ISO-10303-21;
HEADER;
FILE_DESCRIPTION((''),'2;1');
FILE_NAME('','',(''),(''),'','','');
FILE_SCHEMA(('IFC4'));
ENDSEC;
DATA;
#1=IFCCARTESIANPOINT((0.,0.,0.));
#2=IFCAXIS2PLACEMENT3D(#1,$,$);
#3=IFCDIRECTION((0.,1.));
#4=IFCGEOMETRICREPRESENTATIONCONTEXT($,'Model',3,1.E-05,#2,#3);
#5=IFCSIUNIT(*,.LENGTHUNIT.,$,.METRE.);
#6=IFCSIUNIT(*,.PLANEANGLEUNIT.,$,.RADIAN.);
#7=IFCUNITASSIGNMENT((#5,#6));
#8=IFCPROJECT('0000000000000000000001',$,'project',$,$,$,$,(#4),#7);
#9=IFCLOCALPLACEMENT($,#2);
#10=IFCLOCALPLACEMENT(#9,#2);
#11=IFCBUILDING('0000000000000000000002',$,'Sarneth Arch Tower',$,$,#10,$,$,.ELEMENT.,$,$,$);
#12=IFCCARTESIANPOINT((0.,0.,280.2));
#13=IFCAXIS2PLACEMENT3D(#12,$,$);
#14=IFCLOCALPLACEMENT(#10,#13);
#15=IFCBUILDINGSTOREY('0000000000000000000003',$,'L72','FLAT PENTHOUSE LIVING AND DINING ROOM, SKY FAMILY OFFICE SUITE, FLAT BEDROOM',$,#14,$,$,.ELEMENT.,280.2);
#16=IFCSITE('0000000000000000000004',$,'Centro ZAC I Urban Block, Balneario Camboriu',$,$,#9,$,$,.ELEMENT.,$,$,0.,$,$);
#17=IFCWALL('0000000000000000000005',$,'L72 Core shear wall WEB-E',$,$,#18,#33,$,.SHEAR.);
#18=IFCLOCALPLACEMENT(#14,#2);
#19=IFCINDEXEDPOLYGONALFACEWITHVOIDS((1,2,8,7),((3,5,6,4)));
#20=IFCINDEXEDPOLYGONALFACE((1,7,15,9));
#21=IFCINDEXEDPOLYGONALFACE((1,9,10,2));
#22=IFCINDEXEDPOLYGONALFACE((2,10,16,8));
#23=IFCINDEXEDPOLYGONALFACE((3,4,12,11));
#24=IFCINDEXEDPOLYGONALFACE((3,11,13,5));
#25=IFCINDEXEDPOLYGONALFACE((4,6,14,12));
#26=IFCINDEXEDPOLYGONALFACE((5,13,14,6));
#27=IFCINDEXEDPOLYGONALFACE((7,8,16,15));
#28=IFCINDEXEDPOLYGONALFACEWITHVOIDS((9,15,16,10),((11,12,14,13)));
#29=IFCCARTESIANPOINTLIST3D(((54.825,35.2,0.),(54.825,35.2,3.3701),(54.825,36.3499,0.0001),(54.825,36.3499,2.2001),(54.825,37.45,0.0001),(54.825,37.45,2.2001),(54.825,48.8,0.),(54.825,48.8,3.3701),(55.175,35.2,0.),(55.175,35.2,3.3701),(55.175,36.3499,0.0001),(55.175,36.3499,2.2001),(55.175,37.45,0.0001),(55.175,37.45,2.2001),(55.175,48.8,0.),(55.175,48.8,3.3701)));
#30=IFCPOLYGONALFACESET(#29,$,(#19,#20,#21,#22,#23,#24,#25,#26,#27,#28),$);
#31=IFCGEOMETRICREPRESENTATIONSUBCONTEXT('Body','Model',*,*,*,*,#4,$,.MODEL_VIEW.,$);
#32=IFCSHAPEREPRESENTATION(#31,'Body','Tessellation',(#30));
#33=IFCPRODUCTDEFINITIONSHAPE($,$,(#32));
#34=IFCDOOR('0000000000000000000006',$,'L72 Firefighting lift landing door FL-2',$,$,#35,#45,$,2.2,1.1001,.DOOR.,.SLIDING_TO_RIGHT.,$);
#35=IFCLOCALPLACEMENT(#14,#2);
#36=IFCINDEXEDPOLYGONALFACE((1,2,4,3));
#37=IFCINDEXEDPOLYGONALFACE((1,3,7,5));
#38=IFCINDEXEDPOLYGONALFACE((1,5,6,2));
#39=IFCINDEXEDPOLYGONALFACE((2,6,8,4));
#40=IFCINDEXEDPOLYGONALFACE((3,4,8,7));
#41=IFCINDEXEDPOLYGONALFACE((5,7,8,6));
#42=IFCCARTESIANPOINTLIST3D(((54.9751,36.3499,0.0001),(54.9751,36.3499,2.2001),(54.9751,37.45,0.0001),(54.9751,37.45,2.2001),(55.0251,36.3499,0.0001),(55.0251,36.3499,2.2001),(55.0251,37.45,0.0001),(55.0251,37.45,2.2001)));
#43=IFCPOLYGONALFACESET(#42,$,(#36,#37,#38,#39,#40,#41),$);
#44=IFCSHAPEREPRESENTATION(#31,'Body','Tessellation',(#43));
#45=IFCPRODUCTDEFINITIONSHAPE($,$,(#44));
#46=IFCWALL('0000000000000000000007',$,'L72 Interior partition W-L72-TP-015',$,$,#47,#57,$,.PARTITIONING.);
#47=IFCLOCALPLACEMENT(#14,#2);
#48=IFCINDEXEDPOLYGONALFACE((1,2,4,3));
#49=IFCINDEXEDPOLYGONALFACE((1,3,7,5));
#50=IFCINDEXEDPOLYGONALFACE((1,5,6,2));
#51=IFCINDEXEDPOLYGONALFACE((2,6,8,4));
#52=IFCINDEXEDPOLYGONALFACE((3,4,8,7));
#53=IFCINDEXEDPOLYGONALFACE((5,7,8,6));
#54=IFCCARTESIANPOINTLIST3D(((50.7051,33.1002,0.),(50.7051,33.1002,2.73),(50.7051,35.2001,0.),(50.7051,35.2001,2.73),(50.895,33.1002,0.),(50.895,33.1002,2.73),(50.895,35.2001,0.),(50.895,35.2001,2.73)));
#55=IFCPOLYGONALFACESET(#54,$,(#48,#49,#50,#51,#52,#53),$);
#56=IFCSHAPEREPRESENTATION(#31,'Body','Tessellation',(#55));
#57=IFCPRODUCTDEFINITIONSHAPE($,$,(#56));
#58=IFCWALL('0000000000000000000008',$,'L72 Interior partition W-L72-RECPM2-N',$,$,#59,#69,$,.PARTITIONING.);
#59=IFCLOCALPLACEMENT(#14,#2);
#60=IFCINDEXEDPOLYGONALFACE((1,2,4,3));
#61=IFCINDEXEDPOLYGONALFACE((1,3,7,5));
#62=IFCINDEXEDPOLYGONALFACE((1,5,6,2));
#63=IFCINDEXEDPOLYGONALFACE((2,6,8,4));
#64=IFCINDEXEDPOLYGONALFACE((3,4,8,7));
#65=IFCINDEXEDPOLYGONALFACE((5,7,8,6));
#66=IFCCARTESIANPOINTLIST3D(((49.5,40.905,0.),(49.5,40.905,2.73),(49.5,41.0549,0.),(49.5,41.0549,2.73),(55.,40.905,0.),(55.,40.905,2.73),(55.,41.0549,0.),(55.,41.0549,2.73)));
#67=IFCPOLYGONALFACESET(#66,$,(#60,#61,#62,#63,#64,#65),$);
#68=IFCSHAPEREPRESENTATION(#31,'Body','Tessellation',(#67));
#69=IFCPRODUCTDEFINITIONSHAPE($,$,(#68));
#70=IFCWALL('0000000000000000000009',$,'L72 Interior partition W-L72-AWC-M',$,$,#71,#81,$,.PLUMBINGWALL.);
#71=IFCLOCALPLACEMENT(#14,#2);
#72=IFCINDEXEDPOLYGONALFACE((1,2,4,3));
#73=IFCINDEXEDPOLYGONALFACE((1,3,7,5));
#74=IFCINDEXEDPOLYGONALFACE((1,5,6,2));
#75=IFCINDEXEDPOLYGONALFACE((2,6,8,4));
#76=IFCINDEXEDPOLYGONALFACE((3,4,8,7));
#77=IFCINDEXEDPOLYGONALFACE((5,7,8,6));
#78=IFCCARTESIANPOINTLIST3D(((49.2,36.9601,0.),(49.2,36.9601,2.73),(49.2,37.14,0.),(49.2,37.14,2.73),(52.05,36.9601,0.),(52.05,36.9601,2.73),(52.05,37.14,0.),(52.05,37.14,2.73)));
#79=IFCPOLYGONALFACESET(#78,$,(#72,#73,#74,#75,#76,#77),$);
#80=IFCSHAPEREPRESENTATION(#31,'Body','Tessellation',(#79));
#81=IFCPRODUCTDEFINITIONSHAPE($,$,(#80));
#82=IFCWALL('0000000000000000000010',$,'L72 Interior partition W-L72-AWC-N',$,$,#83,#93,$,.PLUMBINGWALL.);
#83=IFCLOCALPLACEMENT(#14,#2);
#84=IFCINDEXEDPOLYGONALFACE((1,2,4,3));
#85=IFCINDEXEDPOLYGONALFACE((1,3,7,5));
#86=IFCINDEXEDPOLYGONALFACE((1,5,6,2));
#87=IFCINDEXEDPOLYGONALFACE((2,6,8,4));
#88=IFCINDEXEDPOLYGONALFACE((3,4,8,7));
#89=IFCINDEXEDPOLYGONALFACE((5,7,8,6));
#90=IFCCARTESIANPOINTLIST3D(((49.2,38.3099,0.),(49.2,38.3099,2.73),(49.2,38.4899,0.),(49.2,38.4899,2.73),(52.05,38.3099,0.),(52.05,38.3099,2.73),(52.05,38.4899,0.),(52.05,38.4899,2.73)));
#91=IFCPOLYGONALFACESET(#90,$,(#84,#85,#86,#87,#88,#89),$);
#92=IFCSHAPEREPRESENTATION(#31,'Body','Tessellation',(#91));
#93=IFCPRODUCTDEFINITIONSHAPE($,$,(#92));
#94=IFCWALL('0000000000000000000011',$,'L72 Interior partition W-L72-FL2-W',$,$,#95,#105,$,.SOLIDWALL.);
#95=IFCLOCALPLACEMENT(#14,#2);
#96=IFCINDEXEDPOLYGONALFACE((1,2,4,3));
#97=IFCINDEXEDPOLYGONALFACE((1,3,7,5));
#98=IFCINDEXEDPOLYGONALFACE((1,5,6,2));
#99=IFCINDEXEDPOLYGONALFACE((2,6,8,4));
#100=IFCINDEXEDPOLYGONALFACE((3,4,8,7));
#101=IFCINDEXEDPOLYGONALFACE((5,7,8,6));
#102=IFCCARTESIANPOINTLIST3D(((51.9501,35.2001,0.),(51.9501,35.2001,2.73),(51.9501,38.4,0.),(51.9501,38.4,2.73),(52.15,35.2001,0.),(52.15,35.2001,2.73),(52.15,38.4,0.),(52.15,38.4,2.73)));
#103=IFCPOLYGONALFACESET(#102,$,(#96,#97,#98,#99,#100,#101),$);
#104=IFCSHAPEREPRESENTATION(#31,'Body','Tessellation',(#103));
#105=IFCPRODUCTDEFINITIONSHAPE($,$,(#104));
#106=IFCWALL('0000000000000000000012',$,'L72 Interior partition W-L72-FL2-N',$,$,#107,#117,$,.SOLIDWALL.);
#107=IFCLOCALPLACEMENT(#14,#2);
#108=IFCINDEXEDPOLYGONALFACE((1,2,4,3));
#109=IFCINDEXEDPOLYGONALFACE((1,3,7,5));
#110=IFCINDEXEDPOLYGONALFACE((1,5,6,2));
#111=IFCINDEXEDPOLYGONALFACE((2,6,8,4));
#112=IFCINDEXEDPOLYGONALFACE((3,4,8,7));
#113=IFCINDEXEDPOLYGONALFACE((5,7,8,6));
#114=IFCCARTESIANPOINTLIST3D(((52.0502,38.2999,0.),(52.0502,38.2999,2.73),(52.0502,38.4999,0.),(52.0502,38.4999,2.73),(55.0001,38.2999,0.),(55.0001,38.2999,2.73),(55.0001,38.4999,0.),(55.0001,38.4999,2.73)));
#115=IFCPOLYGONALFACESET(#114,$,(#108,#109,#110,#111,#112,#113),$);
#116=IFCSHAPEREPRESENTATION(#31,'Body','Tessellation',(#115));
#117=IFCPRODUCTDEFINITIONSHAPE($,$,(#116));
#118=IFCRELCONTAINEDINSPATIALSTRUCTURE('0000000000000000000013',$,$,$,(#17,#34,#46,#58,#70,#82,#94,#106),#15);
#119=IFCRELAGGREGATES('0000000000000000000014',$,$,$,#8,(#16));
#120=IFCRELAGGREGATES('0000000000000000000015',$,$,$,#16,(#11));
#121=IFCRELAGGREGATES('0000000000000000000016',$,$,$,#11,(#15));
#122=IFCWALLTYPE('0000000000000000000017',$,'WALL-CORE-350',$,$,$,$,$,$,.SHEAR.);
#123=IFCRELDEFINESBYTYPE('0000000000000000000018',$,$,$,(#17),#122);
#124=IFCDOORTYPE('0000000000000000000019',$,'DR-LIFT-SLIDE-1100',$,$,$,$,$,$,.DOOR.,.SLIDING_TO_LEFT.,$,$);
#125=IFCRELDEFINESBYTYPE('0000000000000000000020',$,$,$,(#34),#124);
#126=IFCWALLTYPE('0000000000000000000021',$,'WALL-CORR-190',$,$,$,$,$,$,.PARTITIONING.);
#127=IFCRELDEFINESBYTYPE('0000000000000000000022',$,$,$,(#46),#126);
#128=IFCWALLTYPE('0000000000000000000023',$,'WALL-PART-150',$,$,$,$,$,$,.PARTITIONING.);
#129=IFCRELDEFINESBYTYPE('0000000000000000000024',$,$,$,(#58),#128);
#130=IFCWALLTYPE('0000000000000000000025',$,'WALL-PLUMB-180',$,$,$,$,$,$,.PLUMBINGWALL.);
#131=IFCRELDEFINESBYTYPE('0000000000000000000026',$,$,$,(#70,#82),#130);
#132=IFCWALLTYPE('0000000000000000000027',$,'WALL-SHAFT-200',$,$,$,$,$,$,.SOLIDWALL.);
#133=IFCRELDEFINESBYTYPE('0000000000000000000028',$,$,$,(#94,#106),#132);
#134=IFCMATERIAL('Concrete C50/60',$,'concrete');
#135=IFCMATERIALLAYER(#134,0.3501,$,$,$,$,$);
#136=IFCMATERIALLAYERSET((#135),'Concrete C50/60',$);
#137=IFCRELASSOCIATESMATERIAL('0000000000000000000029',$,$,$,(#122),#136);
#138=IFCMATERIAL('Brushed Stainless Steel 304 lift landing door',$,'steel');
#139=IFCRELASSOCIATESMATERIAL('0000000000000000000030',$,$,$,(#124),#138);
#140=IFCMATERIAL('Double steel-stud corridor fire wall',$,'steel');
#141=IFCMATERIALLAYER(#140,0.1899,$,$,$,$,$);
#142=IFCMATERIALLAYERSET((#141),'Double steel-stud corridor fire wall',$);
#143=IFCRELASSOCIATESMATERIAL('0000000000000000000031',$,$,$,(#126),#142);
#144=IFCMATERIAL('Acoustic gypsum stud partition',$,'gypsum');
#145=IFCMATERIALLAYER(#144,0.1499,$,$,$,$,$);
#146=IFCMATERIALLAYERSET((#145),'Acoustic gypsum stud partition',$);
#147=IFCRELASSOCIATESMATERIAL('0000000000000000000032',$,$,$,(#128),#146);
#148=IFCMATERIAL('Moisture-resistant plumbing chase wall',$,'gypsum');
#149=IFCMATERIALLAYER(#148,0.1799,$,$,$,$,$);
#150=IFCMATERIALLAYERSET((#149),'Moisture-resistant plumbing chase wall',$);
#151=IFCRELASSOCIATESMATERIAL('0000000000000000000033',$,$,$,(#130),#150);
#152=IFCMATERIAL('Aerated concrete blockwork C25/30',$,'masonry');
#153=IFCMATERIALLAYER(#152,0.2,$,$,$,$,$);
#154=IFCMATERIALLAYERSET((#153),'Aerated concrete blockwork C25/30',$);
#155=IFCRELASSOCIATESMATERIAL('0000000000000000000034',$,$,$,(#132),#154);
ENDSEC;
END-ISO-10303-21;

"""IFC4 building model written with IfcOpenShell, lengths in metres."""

from ifc_helpers import new_model, si_unit, direction, frame, frame_2d, origin, place, context, subcontext, project, spatial, rectangle, extrude, material, layer, layer_set, type_object, element, fill, save


model = new_model("IFC4")

# Units and contexts
model_context = context("Model", 3, precision=1e-05, world=origin(), true_north=direction((0.0, 1.0)))
body_context = subcontext(model_context, "Body", "Model", "MODEL_VIEW")
ifc_project = project(units=[si_unit("LENGTHUNIT", "METRE"), si_unit("PLANEANGLEUNIT", "RADIAN")], contexts=[model_context])

# Site, building, storey
site_placement = place(None, origin())
site = spatial("IfcSite", under=ifc_project, at=site_placement, Name="Centro ZAC I Urban Block, Balneario Camboriu", CompositionType="ELEMENT", RefElevation=0.0)
building_placement = place(site_placement, origin())
building = spatial("IfcBuilding", under=site, at=building_placement, Name="Sarneth Arch Tower", CompositionType="ELEMENT")
storey_placement = place(building_placement, frame((0.0, 0.0, 280.2)))
storey = spatial("IfcBuildingStorey", under=building, at=storey_placement, Name="L72", Description="FLAT PENTHOUSE LIVING AND DINING ROOM, SKY FAMILY OFFICE SUITE, FLAT BEDROOM", CompositionType="ELEMENT", Elevation=280.2)

# Shared definitions
ifc_material_1 = material(Name="Concrete C50/60", Category="concrete")
ifc_layer_1 = layer(ifc_material_1, 0.3501)
ifc_layer_set_1 = layer_set([ifc_layer_1], Name="Concrete C50/60")
wall_type_1 = type_object("IfcWallType", Name="WALL-CORE-350", PredefinedType="SHEAR", material=ifc_layer_set_1)

# Wall, opening, door
wall_1_placement = place(storey_placement, frame((55.0, 35.2, 0.0), z_axis=(0.0, 0.0, 1.0), x_axis=(0.0, 1.0, 0.0)))
wall_1 = element("IfcWall", 1, at=wall_1_placement, inside=storey, type_object=wall_type_1, Name="L72 Core shear wall WEB-E", PredefinedType="SHEAR", context=body_context, shape_type="SweptSolid", body=[
    extrude(rectangle(XDim=13.6001, YDim=0.3501, at=frame_2d((6.8, 0.0))), origin(), (0.0, 0.0, 1.0), 3.3701),
])
opening_1_placement = place(wall_1_placement, frame((1.1499, 0.0, 0.0)))
opening_1 = element("IfcOpeningElement", 2, at=opening_1_placement, cuts=wall_1, PredefinedType="OPENING", context=body_context, shape_type="SweptSolid", body=[
    extrude(rectangle(XDim=1.1001, YDim=2.2, at=frame_2d((0.55, 1.1001))), frame((0.0, 0.1851, 0.0), z_axis=(0.0, -1.0, 0.0), x_axis=(1.0, 0.0, 0.0)), (0.0, 0.0, 1.0), 0.3701),
])
ifc_material_2 = material(Name="Brushed Stainless Steel 304 lift landing door", Category="steel")
door_type_1 = type_object("IfcDoorType", Name="DR-LIFT-SLIDE-1100", OperationType="SLIDING_TO_LEFT", PredefinedType="DOOR", material=ifc_material_2)
door_1_placement = place(opening_1_placement, origin())
door_1 = element("IfcDoor", 3, at=door_1_placement, inside=storey, type_object=door_type_1, Name="L72 Firefighting lift landing door FL-2", OperationType="SLIDING_TO_RIGHT", OverallHeight=2.2, OverallWidth=1.1001, PredefinedType="DOOR", context=body_context, shape_type="SweptSolid", body=[
    extrude(rectangle(XDim=1.1001, YDim=2.2, at=frame_2d((0.55, 1.1001))), frame((0.0, 0.0249, 0.0), z_axis=(0.0, -1.0, 0.0), x_axis=(1.0, 0.0, 0.0)), (0.0, 0.0, 1.0), 0.05),
])
fill(opening_1, door_1)

# Walls
ifc_material_3 = material(Name="Double steel-stud corridor fire wall", Category="steel")
ifc_layer_2 = layer(ifc_material_3, 0.1899)
ifc_layer_set_2 = layer_set([ifc_layer_2], Name="Double steel-stud corridor fire wall")
wall_type_2 = type_object("IfcWallType", Name="WALL-CORR-190", PredefinedType="PARTITIONING", material=ifc_layer_set_2)
wall_2_placement = place(storey_placement, frame((50.8, 35.2, 0.0), z_axis=(0.0, 0.0, 1.0), x_axis=(0.0, -1.0, 0.0)))
element("IfcWall", 4, at=wall_2_placement, inside=storey, type_object=wall_type_2, Name="L72 Interior partition W-L72-TP-015", PredefinedType="PARTITIONING", context=body_context, shape_type="SweptSolid", body=[
    extrude(rectangle(XDim=2.0999, YDim=0.1899, at=frame_2d((1.0498, 0.0))), origin(), (0.0, 0.0, 1.0), 2.73),
])
ifc_material_4 = material(Name="Acoustic gypsum stud partition", Category="gypsum")
ifc_layer_3 = layer(ifc_material_4, 0.1499)
ifc_layer_set_3 = layer_set([ifc_layer_3], Name="Acoustic gypsum stud partition")
wall_type_3 = type_object("IfcWallType", Name="WALL-PART-150", PredefinedType="PARTITIONING", material=ifc_layer_set_3)
wall_3_placement = place(storey_placement, frame((49.5, 40.98, 0.0), z_axis=(0.0, 0.0, 1.0), x_axis=(1.0, 0.0, 0.0)))
element("IfcWall", 5, at=wall_3_placement, inside=storey, type_object=wall_type_3, Name="L72 Interior partition W-L72-RECPM2-N", PredefinedType="PARTITIONING", context=body_context, shape_type="SweptSolid", body=[
    extrude(rectangle(XDim=5.5, YDim=0.1499, at=frame_2d((2.75, 0.0))), origin(), (0.0, 0.0, 1.0), 2.73),
])

# Walls
ifc_material_5 = material(Name="Moisture-resistant plumbing chase wall", Category="gypsum")
ifc_layer_4 = layer(ifc_material_5, 0.1799)
ifc_layer_set_4 = layer_set([ifc_layer_4], Name="Moisture-resistant plumbing chase wall")
wall_type_4 = type_object("IfcWallType", Name="WALL-PLUMB-180", PredefinedType="PLUMBINGWALL", material=ifc_layer_set_4)
for number, where, z_axis, x_axis, name in (
    (6, (49.2, 37.05, 0.0), (0.0, 0.0, 1.0), (1.0, 0.0, 0.0), "L72 Interior partition W-L72-AWC-M"),
    (7, (49.2, 38.3999, 0.0), (0.0, 0.0, 1.0), (1.0, 0.0, 0.0), "L72 Interior partition W-L72-AWC-N"),
):
    element("IfcWall", number, at=place(storey_placement, frame(where, z_axis=z_axis, x_axis=x_axis)), inside=storey, type_object=wall_type_4, Name=name, PredefinedType="PLUMBINGWALL", context=body_context, shape_type="SweptSolid", body=[
        extrude(rectangle(XDim=2.8501, YDim=0.1799, at=frame_2d((1.425, 0.0))), origin(), (0.0, 0.0, 1.0), 2.73),
    ])

# Shared definitions
ifc_material_6 = material(Name="Aerated concrete blockwork C25/30", Category="masonry")
ifc_layer_5 = layer(ifc_material_6, 0.2)
ifc_layer_set_5 = layer_set([ifc_layer_5], Name="Aerated concrete blockwork C25/30")
wall_type_5 = type_object("IfcWallType", Name="WALL-SHAFT-200", PredefinedType="SOLIDWALL", material=ifc_layer_set_5)

# Walls
wall_4_placement = place(storey_placement, frame((52.05, 35.2, 0.0), z_axis=(0.0, 0.0, 1.0), x_axis=(0.0, 1.0, 0.0)))
element("IfcWall", 8, at=wall_4_placement, inside=storey, type_object=wall_type_5, Name="L72 Interior partition W-L72-FL2-W", PredefinedType="SOLIDWALL", context=body_context, shape_type="SweptSolid", body=[
    extrude(rectangle(XDim=3.2, YDim=0.2, at=frame_2d((1.6001, 0.0))), origin(), (0.0, 0.0, 1.0), 2.73),
])
wall_5_placement = place(storey_placement, frame((52.05, 38.3999, 0.0), z_axis=(0.0, 0.0, 1.0), x_axis=(1.0, 0.0, 0.0)))
element("IfcWall", 9, at=wall_5_placement, inside=storey, type_object=wall_type_5, Name="L72 Interior partition W-L72-FL2-N", PredefinedType="SOLIDWALL", context=body_context, shape_type="SweptSolid", body=[
    extrude(rectangle(XDim=2.95, YDim=0.2, at=frame_2d((1.4751, 0.0))), origin(), (0.0, 0.0, 1.0), 2.73),
])

save(model, "model.ifc")
